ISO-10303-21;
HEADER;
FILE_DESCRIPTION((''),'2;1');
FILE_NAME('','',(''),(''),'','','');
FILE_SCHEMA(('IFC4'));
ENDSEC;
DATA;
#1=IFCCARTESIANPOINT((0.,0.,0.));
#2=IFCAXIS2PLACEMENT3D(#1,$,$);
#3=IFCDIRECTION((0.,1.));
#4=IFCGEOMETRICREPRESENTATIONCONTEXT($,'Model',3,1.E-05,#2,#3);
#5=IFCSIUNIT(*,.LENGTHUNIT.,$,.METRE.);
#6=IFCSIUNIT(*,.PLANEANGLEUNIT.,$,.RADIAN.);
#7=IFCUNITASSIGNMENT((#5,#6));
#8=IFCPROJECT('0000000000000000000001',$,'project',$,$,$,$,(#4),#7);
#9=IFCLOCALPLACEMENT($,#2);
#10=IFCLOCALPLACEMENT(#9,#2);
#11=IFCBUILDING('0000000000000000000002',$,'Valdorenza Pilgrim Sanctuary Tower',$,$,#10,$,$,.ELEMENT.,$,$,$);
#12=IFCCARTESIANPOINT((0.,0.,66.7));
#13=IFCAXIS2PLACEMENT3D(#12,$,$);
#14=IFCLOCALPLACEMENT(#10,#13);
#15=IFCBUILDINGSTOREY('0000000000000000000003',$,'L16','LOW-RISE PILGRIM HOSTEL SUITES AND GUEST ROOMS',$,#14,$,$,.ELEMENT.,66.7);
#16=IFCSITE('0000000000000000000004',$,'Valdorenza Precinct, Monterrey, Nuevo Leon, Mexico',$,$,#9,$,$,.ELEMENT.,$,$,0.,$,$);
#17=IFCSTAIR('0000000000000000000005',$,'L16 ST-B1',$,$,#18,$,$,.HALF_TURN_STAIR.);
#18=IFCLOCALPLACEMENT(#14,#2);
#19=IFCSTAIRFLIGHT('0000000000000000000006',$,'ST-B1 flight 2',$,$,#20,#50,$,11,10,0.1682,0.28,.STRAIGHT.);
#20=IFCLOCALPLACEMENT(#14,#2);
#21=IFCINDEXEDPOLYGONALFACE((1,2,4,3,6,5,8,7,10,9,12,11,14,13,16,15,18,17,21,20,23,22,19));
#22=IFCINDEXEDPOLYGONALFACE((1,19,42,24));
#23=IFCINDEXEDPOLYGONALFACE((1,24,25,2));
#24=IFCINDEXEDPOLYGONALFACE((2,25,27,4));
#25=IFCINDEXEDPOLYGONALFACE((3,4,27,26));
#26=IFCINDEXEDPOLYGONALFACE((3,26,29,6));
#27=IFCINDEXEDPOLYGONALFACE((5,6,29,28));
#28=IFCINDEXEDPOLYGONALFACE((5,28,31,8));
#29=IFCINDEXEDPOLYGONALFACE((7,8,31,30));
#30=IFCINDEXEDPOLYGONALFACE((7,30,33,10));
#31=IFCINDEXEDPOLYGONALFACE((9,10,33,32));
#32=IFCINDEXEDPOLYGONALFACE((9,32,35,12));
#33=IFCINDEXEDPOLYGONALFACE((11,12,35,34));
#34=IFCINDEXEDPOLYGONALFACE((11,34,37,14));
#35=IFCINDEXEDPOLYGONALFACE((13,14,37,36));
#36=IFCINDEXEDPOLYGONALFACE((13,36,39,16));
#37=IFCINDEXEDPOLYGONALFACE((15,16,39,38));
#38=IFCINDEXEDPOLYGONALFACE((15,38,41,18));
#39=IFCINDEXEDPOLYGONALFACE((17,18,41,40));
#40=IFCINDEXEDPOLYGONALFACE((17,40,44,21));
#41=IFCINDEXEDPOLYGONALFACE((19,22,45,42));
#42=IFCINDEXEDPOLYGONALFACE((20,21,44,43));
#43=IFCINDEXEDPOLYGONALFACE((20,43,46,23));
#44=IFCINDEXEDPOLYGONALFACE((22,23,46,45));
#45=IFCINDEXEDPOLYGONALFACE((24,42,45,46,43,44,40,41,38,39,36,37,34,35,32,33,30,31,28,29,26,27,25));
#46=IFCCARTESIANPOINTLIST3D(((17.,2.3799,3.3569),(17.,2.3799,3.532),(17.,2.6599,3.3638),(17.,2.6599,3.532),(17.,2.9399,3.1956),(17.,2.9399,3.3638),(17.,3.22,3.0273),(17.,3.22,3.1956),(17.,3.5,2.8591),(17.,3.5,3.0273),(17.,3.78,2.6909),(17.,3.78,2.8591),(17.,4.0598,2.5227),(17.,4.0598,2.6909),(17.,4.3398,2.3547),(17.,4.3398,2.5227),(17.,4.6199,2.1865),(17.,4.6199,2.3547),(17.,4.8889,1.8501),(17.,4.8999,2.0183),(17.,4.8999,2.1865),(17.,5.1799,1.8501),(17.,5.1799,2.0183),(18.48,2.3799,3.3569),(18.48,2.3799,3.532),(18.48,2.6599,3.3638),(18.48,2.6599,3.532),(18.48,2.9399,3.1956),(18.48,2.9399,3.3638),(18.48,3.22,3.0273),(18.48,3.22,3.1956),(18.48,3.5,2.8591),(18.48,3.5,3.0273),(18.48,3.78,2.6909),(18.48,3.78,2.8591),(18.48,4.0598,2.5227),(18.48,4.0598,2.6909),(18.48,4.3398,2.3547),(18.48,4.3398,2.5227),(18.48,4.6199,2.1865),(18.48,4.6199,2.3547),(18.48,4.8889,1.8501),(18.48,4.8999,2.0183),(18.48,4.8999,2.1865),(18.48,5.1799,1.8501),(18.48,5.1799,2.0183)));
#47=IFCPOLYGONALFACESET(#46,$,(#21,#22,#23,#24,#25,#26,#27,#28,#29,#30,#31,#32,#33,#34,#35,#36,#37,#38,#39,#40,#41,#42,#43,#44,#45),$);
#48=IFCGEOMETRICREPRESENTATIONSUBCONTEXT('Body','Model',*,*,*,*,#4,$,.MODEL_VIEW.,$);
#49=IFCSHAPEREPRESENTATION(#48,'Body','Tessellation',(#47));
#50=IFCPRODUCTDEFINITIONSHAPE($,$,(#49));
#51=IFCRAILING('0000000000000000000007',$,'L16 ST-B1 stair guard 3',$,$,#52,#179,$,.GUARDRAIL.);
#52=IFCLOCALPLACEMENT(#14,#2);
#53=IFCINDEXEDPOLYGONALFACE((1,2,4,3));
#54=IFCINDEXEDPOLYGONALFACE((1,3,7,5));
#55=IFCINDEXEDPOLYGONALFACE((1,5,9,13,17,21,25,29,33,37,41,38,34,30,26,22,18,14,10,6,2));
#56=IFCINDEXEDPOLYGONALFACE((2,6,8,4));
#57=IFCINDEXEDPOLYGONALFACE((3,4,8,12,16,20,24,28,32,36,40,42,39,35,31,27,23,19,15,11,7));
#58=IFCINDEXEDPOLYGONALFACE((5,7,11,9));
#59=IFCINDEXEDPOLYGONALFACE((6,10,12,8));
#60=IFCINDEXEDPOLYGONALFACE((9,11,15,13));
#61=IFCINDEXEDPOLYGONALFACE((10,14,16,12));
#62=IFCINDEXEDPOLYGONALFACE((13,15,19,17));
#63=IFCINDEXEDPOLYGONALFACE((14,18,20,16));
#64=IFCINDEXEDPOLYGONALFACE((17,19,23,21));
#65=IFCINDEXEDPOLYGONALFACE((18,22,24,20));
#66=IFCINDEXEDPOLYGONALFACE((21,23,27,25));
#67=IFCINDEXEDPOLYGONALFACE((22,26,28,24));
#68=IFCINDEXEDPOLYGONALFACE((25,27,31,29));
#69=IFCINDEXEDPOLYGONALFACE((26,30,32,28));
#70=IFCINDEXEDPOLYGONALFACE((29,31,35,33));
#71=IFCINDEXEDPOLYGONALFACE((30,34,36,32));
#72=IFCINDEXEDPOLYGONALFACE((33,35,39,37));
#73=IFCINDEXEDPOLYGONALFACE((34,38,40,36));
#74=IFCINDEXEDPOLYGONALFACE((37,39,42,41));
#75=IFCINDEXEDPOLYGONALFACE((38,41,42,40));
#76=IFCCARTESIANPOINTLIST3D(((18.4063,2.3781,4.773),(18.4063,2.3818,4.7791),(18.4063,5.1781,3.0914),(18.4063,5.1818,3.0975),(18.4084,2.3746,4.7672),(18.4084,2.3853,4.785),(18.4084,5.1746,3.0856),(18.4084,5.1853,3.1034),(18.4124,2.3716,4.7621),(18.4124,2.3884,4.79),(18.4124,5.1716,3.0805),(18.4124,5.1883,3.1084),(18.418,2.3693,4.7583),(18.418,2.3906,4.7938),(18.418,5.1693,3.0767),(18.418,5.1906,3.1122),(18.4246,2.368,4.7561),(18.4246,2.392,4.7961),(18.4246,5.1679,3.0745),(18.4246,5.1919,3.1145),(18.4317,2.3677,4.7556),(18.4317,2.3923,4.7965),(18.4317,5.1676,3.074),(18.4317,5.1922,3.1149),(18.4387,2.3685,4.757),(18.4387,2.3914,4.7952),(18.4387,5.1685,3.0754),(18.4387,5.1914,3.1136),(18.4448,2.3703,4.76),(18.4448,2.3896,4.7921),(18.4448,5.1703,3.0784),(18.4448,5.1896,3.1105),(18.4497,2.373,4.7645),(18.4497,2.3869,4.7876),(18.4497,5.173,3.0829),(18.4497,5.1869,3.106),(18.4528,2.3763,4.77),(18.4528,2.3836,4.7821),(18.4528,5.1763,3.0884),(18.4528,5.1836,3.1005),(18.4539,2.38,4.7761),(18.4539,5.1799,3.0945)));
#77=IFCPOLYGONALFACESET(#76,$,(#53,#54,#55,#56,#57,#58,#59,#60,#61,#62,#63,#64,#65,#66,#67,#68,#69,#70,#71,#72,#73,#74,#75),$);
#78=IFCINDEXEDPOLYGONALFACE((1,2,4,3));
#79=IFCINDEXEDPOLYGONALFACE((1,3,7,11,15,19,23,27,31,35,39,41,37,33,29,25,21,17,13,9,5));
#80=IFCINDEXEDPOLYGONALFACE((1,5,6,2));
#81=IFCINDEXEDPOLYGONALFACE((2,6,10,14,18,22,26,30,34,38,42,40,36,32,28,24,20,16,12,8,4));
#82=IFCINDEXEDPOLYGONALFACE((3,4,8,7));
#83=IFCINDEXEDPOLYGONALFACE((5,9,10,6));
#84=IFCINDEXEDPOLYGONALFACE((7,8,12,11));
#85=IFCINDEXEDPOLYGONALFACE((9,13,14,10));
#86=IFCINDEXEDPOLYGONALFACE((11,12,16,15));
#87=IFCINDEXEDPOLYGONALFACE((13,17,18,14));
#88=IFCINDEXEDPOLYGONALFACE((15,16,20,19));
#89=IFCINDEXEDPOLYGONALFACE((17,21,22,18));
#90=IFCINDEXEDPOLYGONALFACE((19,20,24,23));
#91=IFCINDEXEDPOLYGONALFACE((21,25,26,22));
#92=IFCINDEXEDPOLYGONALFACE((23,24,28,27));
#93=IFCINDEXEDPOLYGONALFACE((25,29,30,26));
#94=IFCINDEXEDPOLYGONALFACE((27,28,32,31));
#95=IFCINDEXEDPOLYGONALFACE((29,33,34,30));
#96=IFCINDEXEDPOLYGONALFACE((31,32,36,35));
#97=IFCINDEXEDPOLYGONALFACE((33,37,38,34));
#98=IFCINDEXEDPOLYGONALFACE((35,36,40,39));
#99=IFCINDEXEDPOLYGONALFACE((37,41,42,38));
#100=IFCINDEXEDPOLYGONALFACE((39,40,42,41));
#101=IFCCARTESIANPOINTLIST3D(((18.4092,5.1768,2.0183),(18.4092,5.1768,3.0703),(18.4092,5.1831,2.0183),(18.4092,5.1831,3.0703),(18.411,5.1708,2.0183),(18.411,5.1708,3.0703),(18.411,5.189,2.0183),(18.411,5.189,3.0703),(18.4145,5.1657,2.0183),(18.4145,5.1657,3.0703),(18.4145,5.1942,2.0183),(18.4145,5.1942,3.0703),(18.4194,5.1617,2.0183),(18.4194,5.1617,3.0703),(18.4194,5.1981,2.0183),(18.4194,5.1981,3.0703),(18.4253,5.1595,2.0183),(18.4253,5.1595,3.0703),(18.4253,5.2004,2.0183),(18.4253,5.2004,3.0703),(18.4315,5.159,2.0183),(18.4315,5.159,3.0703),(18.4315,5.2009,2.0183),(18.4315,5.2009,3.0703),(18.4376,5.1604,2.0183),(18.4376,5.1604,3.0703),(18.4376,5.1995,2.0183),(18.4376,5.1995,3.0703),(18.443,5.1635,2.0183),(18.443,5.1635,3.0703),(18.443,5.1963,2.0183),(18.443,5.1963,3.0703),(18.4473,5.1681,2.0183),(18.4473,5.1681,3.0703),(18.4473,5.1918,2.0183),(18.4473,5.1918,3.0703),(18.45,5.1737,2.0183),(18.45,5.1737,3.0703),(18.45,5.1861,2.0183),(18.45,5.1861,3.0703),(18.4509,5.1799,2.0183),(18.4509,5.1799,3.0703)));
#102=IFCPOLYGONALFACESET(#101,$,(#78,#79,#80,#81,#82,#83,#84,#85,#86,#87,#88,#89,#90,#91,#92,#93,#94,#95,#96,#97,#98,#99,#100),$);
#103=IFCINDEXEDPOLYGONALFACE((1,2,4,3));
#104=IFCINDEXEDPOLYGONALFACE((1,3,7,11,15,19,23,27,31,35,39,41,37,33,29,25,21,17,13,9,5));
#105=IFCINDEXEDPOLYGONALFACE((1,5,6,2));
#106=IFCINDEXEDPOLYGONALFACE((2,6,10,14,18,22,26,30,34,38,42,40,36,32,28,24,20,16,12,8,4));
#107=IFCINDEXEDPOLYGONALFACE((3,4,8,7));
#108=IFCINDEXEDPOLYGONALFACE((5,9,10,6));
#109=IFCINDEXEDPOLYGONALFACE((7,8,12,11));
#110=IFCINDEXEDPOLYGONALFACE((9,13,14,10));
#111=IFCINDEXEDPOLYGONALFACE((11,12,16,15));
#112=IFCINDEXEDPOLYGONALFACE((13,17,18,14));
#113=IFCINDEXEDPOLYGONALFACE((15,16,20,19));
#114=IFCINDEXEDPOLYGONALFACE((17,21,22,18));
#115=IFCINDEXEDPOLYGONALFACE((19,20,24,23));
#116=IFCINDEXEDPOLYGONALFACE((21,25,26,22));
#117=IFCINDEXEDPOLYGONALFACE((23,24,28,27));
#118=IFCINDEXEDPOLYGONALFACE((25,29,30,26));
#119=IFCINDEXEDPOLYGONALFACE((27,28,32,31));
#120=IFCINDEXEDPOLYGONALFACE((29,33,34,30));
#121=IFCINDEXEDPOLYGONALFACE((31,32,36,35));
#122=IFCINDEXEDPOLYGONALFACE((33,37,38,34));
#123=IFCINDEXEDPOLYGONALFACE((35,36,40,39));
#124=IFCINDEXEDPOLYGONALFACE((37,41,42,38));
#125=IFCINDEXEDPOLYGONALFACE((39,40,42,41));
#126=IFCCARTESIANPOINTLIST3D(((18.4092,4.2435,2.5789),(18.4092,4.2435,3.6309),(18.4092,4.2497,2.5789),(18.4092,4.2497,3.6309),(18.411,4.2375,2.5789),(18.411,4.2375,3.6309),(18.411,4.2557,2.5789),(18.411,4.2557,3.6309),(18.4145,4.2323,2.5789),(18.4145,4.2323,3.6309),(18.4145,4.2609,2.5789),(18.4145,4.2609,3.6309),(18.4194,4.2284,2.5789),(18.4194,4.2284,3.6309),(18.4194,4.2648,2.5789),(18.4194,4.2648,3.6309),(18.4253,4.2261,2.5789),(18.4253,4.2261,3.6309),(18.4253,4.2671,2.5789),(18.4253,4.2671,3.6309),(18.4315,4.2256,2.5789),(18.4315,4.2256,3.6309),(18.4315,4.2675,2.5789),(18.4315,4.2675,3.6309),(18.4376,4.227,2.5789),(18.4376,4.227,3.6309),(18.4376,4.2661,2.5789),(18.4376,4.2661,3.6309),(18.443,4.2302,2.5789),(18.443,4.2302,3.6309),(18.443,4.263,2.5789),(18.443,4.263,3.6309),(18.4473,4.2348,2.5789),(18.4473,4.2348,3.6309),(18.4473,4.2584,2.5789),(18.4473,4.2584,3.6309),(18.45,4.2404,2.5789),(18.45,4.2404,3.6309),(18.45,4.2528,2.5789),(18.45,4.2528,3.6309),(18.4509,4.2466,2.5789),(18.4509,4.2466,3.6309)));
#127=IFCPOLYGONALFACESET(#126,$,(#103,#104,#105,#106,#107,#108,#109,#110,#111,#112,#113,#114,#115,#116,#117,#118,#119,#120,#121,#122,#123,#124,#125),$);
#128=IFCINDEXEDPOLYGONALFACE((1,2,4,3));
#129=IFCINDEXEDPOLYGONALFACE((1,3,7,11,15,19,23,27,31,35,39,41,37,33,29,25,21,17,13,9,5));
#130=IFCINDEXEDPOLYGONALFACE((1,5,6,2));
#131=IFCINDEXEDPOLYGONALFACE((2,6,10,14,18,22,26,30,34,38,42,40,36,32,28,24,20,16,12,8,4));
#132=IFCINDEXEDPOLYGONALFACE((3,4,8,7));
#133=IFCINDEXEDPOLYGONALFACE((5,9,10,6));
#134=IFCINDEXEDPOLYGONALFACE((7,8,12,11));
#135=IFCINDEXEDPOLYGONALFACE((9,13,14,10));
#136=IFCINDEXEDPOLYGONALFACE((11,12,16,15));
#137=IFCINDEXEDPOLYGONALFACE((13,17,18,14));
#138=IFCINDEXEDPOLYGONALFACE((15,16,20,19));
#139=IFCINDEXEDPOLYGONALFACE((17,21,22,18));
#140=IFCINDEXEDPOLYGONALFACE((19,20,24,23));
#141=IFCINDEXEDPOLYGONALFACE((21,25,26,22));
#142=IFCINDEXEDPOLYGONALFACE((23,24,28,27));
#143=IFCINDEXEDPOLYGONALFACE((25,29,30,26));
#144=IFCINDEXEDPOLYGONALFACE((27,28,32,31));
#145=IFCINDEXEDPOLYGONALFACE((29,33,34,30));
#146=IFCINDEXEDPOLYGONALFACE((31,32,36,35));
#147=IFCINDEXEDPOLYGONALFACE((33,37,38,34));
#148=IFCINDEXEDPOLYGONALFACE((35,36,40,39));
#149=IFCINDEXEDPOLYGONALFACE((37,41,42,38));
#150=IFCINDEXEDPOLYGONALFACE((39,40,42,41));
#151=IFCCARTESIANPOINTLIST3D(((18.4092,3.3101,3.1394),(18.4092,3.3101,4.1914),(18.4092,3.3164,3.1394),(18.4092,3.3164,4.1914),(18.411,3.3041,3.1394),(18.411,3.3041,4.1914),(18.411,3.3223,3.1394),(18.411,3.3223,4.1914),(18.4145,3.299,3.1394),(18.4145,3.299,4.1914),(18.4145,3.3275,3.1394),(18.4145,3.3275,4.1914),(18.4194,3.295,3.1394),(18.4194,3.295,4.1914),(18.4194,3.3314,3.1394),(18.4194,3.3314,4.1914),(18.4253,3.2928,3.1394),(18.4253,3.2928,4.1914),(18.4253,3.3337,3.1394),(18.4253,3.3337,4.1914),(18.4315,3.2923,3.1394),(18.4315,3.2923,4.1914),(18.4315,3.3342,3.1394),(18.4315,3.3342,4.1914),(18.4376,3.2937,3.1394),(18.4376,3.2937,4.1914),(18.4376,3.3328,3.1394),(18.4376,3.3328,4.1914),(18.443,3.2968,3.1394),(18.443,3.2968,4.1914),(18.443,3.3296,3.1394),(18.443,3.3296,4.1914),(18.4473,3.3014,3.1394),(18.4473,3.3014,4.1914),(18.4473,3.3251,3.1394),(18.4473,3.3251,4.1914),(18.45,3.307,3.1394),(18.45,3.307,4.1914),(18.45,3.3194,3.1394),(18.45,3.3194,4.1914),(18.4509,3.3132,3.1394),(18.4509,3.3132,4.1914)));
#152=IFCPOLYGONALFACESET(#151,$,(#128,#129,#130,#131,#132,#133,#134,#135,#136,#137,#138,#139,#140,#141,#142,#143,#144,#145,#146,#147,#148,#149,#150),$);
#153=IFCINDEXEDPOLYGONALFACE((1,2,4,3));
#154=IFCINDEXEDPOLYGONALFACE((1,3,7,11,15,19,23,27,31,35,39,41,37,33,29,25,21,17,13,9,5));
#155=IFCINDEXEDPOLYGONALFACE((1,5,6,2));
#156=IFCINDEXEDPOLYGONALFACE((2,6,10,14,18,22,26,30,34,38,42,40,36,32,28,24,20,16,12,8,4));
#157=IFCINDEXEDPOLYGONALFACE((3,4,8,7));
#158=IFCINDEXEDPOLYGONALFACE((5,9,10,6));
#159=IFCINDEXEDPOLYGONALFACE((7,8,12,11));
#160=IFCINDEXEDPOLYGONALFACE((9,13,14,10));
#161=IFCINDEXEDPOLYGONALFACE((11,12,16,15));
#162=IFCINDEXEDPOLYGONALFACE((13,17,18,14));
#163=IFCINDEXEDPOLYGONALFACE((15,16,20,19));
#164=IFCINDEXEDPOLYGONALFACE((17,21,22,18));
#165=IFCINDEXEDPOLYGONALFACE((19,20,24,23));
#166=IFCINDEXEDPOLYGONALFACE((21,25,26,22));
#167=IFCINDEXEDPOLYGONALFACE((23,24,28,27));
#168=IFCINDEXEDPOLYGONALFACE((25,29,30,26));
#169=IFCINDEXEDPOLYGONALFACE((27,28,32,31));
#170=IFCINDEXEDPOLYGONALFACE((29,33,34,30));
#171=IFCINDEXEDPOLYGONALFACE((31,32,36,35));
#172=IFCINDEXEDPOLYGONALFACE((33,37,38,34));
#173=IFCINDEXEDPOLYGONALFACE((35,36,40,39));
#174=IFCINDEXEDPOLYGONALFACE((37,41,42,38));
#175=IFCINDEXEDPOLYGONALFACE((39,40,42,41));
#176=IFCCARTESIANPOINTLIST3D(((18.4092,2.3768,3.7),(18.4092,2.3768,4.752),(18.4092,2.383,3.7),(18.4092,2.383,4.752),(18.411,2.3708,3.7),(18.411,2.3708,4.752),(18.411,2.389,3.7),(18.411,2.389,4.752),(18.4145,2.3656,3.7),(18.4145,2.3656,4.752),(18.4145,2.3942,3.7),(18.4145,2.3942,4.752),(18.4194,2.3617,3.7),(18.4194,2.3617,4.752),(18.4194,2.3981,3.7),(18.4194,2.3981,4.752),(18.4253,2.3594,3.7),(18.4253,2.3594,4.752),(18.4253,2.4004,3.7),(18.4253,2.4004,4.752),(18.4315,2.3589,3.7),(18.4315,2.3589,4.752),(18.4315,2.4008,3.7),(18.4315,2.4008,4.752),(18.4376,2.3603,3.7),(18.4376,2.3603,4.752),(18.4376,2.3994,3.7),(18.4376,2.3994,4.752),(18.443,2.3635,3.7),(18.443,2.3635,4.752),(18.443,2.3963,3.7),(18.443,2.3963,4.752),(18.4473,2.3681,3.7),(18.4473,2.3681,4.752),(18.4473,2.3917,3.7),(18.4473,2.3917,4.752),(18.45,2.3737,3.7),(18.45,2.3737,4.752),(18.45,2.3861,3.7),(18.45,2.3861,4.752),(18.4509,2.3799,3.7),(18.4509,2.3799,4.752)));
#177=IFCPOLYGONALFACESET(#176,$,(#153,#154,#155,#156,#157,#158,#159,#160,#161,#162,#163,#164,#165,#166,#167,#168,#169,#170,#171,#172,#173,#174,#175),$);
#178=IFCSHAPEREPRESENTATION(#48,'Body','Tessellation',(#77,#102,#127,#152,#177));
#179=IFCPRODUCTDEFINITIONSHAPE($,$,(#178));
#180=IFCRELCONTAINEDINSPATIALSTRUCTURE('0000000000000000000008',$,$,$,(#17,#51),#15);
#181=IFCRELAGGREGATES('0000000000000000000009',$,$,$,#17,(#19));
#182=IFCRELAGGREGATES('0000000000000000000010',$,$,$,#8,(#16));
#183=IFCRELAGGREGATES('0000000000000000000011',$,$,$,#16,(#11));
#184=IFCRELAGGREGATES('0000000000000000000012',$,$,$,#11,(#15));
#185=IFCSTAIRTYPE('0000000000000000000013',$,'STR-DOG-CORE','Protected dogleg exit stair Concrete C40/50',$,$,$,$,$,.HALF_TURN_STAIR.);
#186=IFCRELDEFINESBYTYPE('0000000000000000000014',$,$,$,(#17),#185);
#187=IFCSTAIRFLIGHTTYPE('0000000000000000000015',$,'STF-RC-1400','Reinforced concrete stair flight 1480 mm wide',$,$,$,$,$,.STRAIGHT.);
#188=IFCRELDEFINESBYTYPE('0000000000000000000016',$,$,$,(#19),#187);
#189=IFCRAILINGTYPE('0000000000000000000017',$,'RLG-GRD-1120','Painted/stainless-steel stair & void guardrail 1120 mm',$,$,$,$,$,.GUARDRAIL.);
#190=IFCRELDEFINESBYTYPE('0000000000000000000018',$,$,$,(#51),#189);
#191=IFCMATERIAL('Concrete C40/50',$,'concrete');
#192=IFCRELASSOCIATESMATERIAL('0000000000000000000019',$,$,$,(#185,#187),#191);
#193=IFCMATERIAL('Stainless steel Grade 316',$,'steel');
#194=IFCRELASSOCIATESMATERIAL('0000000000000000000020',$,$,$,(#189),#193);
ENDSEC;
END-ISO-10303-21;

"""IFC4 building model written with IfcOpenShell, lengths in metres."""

from ifc_helpers import new_model, si_unit, direction, frame, origin, origin_2d, place, context, subcontext, project, spatial, polyline, circle, outline, extrude, material, type_object, element, aggregate, save


model = new_model("IFC4")

# Units and contexts
model_context = context("Model", 3, precision=1e-05, world=origin(), true_north=direction((0.0, 1.0)))
body_context = subcontext(model_context, "Body", "Model", "MODEL_VIEW")
ifc_project = project(units=[si_unit("LENGTHUNIT", "METRE"), si_unit("PLANEANGLEUNIT", "RADIAN")], contexts=[model_context])

# Site, building, storey
site_placement = place(None, origin())
site = spatial("IfcSite", under=ifc_project, at=site_placement, Name="Valdorenza Precinct, Monterrey, Nuevo Leon, Mexico", CompositionType="ELEMENT", RefElevation=0.0)
building_placement = place(site_placement, origin())
building = spatial("IfcBuilding", under=site, at=building_placement, Name="Valdorenza Pilgrim Sanctuary Tower", CompositionType="ELEMENT")
storey_placement = place(building_placement, frame((0.0, 0.0, 66.7)))
storey = spatial("IfcBuildingStorey", under=building, at=storey_placement, Name="L16", Description="LOW-RISE PILGRIM HOSTEL SUITES AND GUEST ROOMS", CompositionType="ELEMENT", Elevation=66.7)

# Shared definitions
ifc_material_1 = material(Name="Concrete C40/50", Category="concrete")

# Stair, stair flight
stair_type = type_object("IfcStairType", Name="STR-DOG-CORE", Description="Protected dogleg exit stair Concrete C40/50", PredefinedType="HALF_TURN_STAIR", material=ifc_material_1)
stair_placement = place(storey_placement, origin())
stair = element("IfcStair", 1, at=stair_placement, inside=storey, type_object=stair_type, Name="L16 ST-B1", PredefinedType="HALF_TURN_STAIR")
stair_flight_type = type_object("IfcStairFlightType", Name="STF-RC-1400", Description="Reinforced concrete stair flight 1480 mm wide", PredefinedType="STRAIGHT", material=ifc_material_1)
stair_flight_placement = place(storey_placement, frame((17.74, 5.1799, 1.8501), z_axis=(0.0, 0.0, 1.0), x_axis=(0.0, -1.0, 0.0)))
stair_flight = element("IfcStairFlight", 2, at=stair_flight_placement, type_object=stair_flight_type, Name="ST-B1 flight 2", NumberOfRisers=11, NumberOfTreads=10, PredefinedType="STRAIGHT", RiserHeight=0.1682, TreadLength=0.28, context=body_context, shape_type="SweptSolid", body=[
    extrude(outline(polyline([(0.0, 0.0), (0.0, 0.1682), (0.28, 0.1682), (0.28, 0.3364), (0.5601, 0.3364), (0.5601, 0.5046), (0.8401, 0.5046), (0.8401, 0.6726), (1.1201, 0.6726), (1.1201, 0.8408), (1.3999, 0.8408), (1.3999, 1.009), (1.6799, 1.009), (1.6799, 1.1772), (1.96, 1.1772), (1.96, 1.3455), (2.24, 1.3455), (2.24, 1.5137), (2.52, 1.5137), (2.52, 1.6819), (2.8, 1.6819), (2.8, 1.8501), (2.8, 1.5068), (0.291, 0.0), (0.0, 0.0)])), frame((0.0, 0.74, 0.0), z_axis=(0.0, -1.0, 0.0), x_axis=(1.0, 0.0, 0.0)), (0.0, 0.0, 1.0), 1.48),
])
aggregate(stair, [stair_flight])

# Railing
ifc_material_2 = material(Name="Stainless steel Grade 316", Category="steel")
railing_type_1 = type_object("IfcRailingType", Name="RLG-GRD-1120", Description="Painted/stainless-steel stair & void guardrail 1120 mm", PredefinedType="GUARDRAIL", material=ifc_material_2)
railing_1_placement = place(storey_placement, frame((18.4299, 5.1799, 2.0183)))
element("IfcRailing", 3, at=railing_1_placement, inside=storey, type_object=railing_type_1, Name="L16 ST-B1 stair guard 3", PredefinedType="GUARDRAIL", context=body_context, shape_type="SweptSolid", body=[
    extrude(circle(Radius=0.0239, at=origin_2d()), frame((0.0, 0.0, 1.0762), z_axis=(0.0, -0.857275, 0.514858), x_axis=(1.0, 0.0, 0.0)), (0.0, 0.0, 1.0), 3.2661),
    extrude(circle(Radius=0.021, at=origin_2d()), origin(), (0.0, 0.0, 1.0), 1.052),
    extrude(circle(Radius=0.021, at=origin_2d()), frame((0.0, -0.9333, 0.5605)), (0.0, 0.0, 1.0), 1.052),
    extrude(circle(Radius=0.021, at=origin_2d()), frame((0.0, -1.8667, 1.1211)), (0.0, 0.0, 1.0), 1.052),
    extrude(circle(Radius=0.021, at=origin_2d()), frame((0.0, -2.8, 1.6816)), (0.0, 0.0, 1.0), 1.052),
])

save(model, "model.ifc")
